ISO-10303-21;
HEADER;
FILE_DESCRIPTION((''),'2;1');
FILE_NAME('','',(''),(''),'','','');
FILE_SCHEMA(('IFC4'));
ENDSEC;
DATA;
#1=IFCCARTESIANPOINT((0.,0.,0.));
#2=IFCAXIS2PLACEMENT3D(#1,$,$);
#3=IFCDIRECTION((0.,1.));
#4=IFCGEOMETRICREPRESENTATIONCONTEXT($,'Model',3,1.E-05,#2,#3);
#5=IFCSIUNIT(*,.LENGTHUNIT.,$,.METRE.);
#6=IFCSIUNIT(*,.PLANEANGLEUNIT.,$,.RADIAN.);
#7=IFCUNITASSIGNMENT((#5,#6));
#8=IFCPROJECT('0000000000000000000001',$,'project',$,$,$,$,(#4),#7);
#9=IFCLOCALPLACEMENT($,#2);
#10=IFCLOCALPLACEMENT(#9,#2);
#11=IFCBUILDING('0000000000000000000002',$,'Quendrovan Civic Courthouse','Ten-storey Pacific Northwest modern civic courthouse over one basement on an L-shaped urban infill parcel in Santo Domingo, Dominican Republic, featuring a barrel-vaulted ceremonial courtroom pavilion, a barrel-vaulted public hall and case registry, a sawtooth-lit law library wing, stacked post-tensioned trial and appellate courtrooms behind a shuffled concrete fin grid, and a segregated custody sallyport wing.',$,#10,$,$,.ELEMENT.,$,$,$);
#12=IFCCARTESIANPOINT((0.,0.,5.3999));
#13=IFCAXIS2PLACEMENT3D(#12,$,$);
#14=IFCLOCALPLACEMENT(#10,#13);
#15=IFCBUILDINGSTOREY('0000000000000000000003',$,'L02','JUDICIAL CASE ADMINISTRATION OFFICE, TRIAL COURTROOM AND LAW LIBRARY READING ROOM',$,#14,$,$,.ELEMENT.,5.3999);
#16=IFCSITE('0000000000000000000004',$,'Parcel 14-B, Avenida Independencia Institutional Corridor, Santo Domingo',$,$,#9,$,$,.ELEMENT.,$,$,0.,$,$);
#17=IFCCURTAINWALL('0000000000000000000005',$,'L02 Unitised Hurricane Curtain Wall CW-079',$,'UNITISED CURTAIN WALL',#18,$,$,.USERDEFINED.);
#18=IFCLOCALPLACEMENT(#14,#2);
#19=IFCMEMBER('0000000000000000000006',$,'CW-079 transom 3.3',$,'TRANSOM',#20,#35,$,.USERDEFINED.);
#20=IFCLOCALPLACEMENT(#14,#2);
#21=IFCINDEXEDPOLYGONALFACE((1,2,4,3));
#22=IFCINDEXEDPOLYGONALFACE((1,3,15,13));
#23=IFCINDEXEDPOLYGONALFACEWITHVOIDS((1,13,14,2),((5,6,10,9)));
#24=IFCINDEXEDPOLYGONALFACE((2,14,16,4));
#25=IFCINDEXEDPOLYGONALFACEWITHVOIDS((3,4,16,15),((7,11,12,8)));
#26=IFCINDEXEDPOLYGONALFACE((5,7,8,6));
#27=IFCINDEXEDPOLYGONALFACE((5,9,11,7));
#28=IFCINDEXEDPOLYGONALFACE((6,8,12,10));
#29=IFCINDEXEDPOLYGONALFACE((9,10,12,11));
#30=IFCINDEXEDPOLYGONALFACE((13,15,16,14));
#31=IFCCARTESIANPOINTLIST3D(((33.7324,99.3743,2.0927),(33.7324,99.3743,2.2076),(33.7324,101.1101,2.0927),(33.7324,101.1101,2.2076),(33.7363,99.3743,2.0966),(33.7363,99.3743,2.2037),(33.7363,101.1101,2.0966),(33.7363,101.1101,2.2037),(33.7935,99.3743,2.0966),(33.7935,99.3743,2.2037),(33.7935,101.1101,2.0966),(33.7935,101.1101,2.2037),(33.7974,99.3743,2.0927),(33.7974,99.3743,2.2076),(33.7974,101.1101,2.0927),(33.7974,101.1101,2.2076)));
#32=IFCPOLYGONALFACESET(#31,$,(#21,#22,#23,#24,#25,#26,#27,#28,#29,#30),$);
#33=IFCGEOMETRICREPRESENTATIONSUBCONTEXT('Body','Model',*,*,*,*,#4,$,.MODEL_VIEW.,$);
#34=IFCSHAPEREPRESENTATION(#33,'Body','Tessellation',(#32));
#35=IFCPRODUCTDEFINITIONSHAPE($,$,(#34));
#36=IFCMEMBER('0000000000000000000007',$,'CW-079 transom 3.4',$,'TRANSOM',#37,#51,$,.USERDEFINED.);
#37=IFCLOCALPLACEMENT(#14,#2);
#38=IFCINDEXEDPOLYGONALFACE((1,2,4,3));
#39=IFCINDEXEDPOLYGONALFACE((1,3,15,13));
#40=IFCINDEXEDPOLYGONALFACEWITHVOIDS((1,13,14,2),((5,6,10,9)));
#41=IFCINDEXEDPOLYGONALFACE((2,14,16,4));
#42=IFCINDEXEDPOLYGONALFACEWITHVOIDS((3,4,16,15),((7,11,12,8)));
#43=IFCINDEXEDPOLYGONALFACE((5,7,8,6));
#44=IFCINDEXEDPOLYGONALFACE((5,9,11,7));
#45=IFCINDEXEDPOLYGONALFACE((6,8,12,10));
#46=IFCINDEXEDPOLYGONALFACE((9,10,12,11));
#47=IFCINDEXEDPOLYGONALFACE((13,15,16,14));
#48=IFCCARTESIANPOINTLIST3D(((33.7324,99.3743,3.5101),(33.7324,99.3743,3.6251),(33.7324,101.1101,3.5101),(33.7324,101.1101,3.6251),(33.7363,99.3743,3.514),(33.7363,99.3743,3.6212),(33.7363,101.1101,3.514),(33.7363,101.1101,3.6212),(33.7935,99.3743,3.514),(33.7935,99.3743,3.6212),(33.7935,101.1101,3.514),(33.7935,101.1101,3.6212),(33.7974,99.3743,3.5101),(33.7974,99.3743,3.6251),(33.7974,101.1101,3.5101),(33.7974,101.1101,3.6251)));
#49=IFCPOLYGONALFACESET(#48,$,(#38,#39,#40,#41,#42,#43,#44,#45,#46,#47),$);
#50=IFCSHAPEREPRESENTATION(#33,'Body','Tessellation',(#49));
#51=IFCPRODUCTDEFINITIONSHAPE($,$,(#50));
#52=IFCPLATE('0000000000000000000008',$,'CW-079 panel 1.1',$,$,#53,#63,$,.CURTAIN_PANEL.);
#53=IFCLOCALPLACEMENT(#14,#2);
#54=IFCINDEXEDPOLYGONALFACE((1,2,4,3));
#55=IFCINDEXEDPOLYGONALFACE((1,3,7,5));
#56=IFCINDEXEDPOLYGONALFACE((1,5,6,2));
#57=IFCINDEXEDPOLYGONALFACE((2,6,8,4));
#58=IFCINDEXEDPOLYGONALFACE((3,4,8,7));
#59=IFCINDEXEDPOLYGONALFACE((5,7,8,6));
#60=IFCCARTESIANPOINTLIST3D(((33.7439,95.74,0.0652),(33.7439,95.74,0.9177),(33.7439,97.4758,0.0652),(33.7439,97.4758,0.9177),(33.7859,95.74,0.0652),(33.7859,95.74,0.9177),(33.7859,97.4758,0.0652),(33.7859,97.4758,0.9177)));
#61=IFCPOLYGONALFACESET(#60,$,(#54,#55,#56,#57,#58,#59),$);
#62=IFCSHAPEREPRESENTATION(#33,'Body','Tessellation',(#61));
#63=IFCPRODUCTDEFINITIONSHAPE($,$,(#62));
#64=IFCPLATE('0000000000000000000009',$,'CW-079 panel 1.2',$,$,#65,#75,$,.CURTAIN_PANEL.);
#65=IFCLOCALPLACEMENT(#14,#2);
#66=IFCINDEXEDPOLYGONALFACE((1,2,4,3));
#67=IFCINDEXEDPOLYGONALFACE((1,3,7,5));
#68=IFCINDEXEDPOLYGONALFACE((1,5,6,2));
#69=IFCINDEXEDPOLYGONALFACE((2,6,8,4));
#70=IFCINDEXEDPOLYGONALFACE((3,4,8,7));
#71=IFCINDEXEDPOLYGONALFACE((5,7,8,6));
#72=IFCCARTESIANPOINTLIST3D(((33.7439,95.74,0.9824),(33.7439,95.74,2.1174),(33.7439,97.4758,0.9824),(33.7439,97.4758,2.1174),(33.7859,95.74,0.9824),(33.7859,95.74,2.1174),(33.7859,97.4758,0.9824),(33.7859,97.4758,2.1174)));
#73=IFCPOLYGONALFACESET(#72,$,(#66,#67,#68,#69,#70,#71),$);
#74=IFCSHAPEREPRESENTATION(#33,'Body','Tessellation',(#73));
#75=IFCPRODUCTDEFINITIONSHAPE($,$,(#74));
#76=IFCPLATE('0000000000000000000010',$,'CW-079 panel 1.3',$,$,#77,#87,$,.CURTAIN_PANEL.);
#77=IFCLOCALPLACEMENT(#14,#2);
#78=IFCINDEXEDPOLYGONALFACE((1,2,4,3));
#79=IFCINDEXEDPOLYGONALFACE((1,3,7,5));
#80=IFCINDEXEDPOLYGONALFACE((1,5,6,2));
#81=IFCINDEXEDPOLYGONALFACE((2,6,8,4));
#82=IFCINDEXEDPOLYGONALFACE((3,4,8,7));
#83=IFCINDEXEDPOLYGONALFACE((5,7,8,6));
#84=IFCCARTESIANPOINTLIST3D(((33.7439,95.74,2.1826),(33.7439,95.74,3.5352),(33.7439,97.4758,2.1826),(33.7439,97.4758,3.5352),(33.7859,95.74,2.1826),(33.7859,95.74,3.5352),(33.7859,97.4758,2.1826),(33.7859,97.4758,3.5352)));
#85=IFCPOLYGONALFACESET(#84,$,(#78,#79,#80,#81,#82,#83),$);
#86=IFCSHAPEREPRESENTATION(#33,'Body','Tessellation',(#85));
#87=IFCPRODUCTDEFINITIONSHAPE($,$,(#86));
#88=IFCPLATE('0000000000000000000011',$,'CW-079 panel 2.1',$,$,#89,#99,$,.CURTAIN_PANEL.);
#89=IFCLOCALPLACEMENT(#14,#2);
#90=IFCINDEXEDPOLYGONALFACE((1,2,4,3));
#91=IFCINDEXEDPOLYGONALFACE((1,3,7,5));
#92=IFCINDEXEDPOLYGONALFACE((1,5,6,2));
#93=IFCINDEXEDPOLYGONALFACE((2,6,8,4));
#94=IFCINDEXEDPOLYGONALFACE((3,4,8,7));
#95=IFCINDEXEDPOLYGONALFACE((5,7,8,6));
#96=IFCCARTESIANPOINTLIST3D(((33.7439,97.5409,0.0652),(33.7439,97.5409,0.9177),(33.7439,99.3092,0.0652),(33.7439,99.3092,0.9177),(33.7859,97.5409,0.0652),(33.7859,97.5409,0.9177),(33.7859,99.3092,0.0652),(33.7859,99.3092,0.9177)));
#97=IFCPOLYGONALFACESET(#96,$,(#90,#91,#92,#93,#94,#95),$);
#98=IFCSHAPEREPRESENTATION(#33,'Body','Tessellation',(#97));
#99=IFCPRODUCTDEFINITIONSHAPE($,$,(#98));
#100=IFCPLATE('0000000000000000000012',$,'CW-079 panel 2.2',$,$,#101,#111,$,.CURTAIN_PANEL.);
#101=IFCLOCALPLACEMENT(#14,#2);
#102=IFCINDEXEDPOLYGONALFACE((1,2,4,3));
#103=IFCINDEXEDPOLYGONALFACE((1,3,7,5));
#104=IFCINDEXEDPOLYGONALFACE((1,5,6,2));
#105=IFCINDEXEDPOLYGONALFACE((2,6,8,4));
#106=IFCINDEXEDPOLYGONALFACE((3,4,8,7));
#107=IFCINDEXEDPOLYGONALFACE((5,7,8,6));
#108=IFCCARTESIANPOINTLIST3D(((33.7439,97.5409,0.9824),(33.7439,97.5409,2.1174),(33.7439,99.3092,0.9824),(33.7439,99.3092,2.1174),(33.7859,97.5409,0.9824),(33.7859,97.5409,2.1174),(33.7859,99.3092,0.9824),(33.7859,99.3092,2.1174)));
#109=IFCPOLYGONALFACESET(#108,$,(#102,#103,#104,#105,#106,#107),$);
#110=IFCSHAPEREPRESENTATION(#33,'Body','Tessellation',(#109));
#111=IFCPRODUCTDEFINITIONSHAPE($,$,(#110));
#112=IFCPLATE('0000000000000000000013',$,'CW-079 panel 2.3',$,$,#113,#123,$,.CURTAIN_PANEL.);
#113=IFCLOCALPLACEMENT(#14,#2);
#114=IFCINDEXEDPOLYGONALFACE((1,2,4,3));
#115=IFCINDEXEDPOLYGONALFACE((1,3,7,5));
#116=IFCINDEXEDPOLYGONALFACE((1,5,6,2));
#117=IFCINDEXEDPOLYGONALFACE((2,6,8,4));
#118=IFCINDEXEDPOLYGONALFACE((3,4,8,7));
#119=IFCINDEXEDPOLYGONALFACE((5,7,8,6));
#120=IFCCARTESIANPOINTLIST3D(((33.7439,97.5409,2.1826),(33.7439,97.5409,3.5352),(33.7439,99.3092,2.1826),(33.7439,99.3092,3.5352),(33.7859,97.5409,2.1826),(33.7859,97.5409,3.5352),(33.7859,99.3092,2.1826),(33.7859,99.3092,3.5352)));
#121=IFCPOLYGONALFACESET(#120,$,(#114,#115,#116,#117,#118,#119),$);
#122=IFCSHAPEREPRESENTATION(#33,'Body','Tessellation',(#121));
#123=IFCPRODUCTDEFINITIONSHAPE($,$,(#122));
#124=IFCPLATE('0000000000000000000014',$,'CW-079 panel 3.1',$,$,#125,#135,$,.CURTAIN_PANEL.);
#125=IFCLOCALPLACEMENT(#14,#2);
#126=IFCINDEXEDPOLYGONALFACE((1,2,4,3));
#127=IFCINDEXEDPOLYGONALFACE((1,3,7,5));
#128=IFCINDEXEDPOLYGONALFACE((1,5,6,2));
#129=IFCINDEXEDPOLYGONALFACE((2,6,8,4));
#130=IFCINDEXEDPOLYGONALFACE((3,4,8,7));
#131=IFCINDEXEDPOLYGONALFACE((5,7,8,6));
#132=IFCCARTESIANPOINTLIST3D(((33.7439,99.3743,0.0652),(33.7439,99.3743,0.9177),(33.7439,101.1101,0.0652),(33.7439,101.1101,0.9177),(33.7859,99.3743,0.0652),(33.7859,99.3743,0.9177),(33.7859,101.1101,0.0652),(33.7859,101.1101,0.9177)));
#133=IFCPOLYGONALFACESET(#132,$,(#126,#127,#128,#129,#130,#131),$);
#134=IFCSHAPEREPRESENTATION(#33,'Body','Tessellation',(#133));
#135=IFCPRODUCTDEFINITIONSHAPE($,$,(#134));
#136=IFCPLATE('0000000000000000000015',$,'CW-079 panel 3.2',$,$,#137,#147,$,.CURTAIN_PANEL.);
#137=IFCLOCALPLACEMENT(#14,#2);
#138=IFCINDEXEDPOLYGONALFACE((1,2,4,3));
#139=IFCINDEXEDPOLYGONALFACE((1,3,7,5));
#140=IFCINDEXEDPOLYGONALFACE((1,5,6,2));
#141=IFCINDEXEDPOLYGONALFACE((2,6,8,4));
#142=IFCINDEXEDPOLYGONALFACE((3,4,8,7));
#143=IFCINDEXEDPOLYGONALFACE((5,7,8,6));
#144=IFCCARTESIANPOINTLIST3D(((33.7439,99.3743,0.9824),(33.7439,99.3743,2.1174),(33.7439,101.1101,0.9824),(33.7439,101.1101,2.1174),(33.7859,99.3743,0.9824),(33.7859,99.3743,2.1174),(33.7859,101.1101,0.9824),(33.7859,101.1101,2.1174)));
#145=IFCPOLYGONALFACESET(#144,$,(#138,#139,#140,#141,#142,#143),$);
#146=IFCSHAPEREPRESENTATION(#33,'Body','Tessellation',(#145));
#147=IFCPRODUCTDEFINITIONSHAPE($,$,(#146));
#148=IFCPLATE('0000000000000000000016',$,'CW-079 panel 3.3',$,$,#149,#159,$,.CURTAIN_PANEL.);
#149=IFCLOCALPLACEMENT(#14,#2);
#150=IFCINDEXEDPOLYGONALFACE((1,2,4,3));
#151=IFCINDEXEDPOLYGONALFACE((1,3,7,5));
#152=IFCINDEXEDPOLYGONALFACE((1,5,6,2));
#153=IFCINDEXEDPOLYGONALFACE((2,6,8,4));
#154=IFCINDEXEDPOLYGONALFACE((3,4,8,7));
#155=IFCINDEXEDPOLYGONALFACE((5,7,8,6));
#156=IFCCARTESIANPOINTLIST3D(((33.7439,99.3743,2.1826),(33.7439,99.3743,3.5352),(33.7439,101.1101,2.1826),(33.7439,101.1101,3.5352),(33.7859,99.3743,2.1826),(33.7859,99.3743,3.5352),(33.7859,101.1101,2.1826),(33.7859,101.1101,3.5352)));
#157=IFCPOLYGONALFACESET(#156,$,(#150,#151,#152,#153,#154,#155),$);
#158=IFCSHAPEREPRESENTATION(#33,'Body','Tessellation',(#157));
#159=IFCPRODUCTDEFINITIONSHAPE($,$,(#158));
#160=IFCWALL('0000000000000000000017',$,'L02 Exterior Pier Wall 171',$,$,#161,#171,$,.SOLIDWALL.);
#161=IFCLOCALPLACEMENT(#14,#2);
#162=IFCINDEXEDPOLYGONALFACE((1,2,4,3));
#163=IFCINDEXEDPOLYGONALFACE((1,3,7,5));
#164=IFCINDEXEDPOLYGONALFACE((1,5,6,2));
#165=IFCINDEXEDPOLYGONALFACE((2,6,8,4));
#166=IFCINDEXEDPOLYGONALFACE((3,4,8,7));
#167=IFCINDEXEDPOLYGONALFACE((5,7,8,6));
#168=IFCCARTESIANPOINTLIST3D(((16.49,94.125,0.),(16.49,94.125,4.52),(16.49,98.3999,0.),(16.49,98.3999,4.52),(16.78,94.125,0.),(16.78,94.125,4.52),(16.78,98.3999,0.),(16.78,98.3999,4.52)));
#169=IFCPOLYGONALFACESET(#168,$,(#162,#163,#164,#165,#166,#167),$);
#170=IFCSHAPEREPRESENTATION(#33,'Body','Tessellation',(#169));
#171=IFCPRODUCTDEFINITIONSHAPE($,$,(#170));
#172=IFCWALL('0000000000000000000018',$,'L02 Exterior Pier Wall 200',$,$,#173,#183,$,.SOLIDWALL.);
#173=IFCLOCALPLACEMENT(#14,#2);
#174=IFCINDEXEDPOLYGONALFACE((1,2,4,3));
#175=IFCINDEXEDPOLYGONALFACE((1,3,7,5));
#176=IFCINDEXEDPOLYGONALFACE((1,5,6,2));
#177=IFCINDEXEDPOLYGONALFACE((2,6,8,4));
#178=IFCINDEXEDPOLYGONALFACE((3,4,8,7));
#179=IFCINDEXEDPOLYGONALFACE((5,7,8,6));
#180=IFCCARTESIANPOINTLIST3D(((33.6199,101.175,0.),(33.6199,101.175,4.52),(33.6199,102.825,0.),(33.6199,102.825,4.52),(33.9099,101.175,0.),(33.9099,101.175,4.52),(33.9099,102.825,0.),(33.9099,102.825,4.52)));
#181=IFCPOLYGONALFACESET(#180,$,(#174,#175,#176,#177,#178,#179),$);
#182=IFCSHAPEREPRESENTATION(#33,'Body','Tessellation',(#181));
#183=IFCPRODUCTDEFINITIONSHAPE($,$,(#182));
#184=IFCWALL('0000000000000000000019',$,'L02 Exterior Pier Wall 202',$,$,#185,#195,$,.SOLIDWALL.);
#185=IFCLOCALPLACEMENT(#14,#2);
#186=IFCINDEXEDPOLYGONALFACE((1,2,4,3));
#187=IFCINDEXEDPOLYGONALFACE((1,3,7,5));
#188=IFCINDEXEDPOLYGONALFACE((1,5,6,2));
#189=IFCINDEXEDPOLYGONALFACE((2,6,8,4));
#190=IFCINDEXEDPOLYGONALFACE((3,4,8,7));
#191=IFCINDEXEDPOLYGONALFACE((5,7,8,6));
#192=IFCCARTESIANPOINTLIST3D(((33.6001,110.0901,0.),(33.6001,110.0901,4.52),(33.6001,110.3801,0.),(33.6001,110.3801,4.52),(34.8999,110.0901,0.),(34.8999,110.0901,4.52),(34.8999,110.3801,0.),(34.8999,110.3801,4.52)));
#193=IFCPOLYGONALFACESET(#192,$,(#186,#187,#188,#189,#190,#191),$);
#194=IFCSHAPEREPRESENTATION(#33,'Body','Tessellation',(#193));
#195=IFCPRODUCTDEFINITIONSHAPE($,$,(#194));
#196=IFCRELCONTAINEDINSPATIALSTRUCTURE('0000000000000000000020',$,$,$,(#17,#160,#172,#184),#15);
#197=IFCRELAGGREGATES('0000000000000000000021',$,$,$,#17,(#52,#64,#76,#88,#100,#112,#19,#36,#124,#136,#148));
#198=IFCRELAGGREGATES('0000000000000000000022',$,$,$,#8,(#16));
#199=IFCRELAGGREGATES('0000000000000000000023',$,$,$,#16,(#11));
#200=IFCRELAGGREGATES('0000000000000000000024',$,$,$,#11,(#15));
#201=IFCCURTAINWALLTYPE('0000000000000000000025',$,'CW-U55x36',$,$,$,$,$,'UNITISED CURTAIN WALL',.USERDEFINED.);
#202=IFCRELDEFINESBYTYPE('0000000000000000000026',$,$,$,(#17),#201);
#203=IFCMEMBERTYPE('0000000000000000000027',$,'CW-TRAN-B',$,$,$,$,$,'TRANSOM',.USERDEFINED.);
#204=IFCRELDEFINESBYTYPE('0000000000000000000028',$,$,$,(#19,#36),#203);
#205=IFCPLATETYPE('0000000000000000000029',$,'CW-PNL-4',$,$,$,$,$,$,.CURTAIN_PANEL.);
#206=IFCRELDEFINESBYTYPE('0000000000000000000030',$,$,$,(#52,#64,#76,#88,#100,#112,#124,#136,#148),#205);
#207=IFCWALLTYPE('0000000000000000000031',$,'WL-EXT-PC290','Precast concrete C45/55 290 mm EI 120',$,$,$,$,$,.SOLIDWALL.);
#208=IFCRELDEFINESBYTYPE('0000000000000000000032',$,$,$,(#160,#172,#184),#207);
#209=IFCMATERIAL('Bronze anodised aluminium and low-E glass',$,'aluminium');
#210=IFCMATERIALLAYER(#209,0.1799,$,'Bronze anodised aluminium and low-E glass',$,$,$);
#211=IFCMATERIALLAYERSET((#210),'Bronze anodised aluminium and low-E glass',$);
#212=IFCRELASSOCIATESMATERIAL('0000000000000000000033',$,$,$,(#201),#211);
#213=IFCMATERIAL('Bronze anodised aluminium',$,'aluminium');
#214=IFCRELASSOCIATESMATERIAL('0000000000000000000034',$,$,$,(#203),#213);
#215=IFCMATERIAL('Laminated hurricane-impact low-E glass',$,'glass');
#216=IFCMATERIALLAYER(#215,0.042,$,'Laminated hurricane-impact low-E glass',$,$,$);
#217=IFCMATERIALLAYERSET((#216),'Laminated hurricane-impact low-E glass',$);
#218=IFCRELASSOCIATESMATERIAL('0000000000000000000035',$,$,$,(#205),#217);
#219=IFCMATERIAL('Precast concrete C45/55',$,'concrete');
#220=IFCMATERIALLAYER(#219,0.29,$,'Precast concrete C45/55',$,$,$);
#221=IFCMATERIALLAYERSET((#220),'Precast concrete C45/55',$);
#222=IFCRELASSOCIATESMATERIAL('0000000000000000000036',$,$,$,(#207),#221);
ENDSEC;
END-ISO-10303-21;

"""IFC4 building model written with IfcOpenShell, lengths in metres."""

from ifc_helpers import new_model, si_unit, direction, frame, frame_2d, origin, origin_2d, place, context, subcontext, project, spatial, rectangle, hollow_rectangle, extrude, material, layer, layer_set, material_profile, profile_set, type_object, element, aggregate, save


model = new_model("IFC4")

# Units and contexts
model_context = context("Model", 3, precision=1e-05, world=origin(), true_north=direction((0.0, 1.0)))
body_context = subcontext(model_context, "Body", "Model", "MODEL_VIEW")
ifc_project = project(units=[si_unit("LENGTHUNIT", "METRE"), si_unit("PLANEANGLEUNIT", "RADIAN")], contexts=[model_context])

# Site, building, storey
site_placement = place(None, origin())
site = spatial("IfcSite", under=ifc_project, at=site_placement, Name="Parcel 14-B, Avenida Independencia Institutional Corridor, Santo Domingo", CompositionType="ELEMENT", RefElevation=0.0)
building_placement = place(site_placement, origin())
building = spatial("IfcBuilding", under=site, at=building_placement, Name="Quendrovan Civic Courthouse", Description="Ten-storey Pacific Northwest modern civic courthouse over one basement on an L-shaped urban infill parcel in Santo Domingo, Dominican Republic, featuring a barrel-vaulted ceremonial courtroom pavilion, a barrel-vaulted public hall and case registry, a sawtooth-lit law library wing, stacked post-tensioned trial and appellate courtrooms behind a shuffled concrete fin grid, and a segregated custody sallyport wing.", CompositionType="ELEMENT")
storey_placement = place(building_placement, frame((0.0, 0.0, 5.3999)))
storey = spatial("IfcBuildingStorey", under=building, at=storey_placement, Name="L02", Description="JUDICIAL CASE ADMINISTRATION OFFICE, TRIAL COURTROOM AND LAW LIBRARY READING ROOM", CompositionType="ELEMENT", Elevation=5.3999)

# Shared definitions
ifc_material_1 = material(Name="Bronze anodised aluminium and low-E glass", Category="aluminium")
ifc_material_2 = material(Name="Bronze anodised aluminium", Category="aluminium")

# Curtain wall
ifc_layer_1 = layer(ifc_material_1, 0.1799, Name="Bronze anodised aluminium and low-E glass")
ifc_layer_set_1 = layer_set([ifc_layer_1], Name="Bronze anodised aluminium and low-E glass")
curtain_wall_type_1 = type_object("IfcCurtainWallType", Name="CW-U55x36", ElementType="UNITISED CURTAIN WALL", PredefinedType="USERDEFINED", material=ifc_layer_set_1)
curtain_wall_1_placement = place(storey_placement, origin())
curtain_wall_1 = element("IfcCurtainWall", 1, at=curtain_wall_1_placement, inside=storey, type_object=curtain_wall_type_1, Name="L02 Unitised Hurricane Curtain Wall CW-079", ObjectType="UNITISED CURTAIN WALL", PredefinedType="USERDEFINED")

# Members
ifc_material_profile_1 = material_profile(ifc_material_2, hollow_rectangle(XDim=0.0649, YDim=0.115, WallThickness=0.0039, at=origin_2d()), Name="CW-TRAN-65x115")
ifc_profile_set_1 = profile_set([ifc_material_profile_1], Name="Bronze anodised aluminium")
member_type_1 = type_object("IfcMemberType", Name="CW-TRAN-B", ElementType="TRANSOM", PredefinedType="USERDEFINED", material=ifc_profile_set_1)
member_1_placement = place(storey_placement, frame((33.7649, 99.3743, 2.1501), z_axis=(0.0, 1.0, 0.0), x_axis=(-1.0, 0.0, 0.0)))
member_1 = element("IfcMember", 2, at=member_1_placement, type_object=member_type_1, Name="CW-079 transom 3.3", ObjectType="TRANSOM", PredefinedType="USERDEFINED", context=body_context, shape_type="SweptSolid", body=[
    extrude(hollow_rectangle(XDim=0.0649, YDim=0.115, WallThickness=0.0039, at=origin_2d()), origin(), (0.0, 0.0, 1.0), 1.7358),
])
member_2_placement = place(storey_placement, frame((33.7649, 99.3743, 3.5676), z_axis=(0.0, 1.0, 0.0), x_axis=(-1.0, 0.0, 0.0)))
member_2 = element("IfcMember", 3, at=member_2_placement, type_object=member_type_1, Name="CW-079 transom 3.4", ObjectType="TRANSOM", PredefinedType="USERDEFINED", context=body_context, shape_type="SweptSolid", body=[
    extrude(hollow_rectangle(XDim=0.0649, YDim=0.115, WallThickness=0.0039, at=origin_2d()), origin(), (0.0, 0.0, 1.0), 1.7358),
])

# Plates
ifc_material_3 = material(Name="Laminated hurricane-impact low-E glass", Category="glass")
ifc_layer_2 = layer(ifc_material_3, 0.042, Name="Laminated hurricane-impact low-E glass")
ifc_layer_set_2 = layer_set([ifc_layer_2], Name="Laminated hurricane-impact low-E glass")
plate_type = type_object("IfcPlateType", Name="CW-PNL-4", PredefinedType="CURTAIN_PANEL", material=ifc_layer_set_2)
plate_1_placement = place(storey_placement, frame((33.7649, 96.6079, 0.0652), z_axis=(0.0, 0.0, 1.0), x_axis=(0.0, 1.0, 0.0)))
plate_1 = element("IfcPlate", 4, at=plate_1_placement, type_object=plate_type, Name="CW-079 panel 1.1", PredefinedType="CURTAIN_PANEL", context=body_context, shape_type="SweptSolid", body=[
    extrude(rectangle(XDim=1.7358, YDim=0.042, at=origin_2d()), origin(), (0.0, 0.0, 1.0), 0.8525),
])
plate_2_placement = place(storey_placement, frame((33.7649, 96.6079, 0.9824), z_axis=(0.0, 0.0, 1.0), x_axis=(0.0, 1.0, 0.0)))
plate_2 = element("IfcPlate", 5, at=plate_2_placement, type_object=plate_type, Name="CW-079 panel 1.2", PredefinedType="CURTAIN_PANEL", context=body_context, shape_type="SweptSolid", body=[
    extrude(rectangle(XDim=1.7358, YDim=0.042, at=origin_2d()), origin(), (0.0, 0.0, 1.0), 1.135),
])
plate_3_placement = place(storey_placement, frame((33.7649, 96.6079, 2.1826), z_axis=(0.0, 0.0, 1.0), x_axis=(0.0, 1.0, 0.0)))
plate_3 = element("IfcPlate", 6, at=plate_3_placement, type_object=plate_type, Name="CW-079 panel 1.3", PredefinedType="CURTAIN_PANEL", context=body_context, shape_type="SweptSolid", body=[
    extrude(rectangle(XDim=1.7358, YDim=0.042, at=origin_2d()), origin(), (0.0, 0.0, 1.0), 1.3525),
])
plate_4_placement = place(storey_placement, frame((33.7649, 98.425, 0.0652), z_axis=(0.0, 0.0, 1.0), x_axis=(0.0, 1.0, 0.0)))
plate_4 = element("IfcPlate", 7, at=plate_4_placement, type_object=plate_type, Name="CW-079 panel 2.1", PredefinedType="CURTAIN_PANEL", context=body_context, shape_type="SweptSolid", body=[
    extrude(rectangle(XDim=1.7683, YDim=0.042, at=origin_2d()), origin(), (0.0, 0.0, 1.0), 0.8525),
])
plate_5_placement = place(storey_placement, frame((33.7649, 98.425, 0.9824), z_axis=(0.0, 0.0, 1.0), x_axis=(0.0, 1.0, 0.0)))
plate_5 = element("IfcPlate", 8, at=plate_5_placement, type_object=plate_type, Name="CW-079 panel 2.2", PredefinedType="CURTAIN_PANEL", context=body_context, shape_type="SweptSolid", body=[
    extrude(rectangle(XDim=1.7683, YDim=0.042, at=origin_2d()), origin(), (0.0, 0.0, 1.0), 1.135),
])
plate_6_placement = place(storey_placement, frame((33.7649, 98.425, 2.1826), z_axis=(0.0, 0.0, 1.0), x_axis=(0.0, 1.0, 0.0)))
plate_6 = element("IfcPlate", 9, at=plate_6_placement, type_object=plate_type, Name="CW-079 panel 2.3", PredefinedType="CURTAIN_PANEL", context=body_context, shape_type="SweptSolid", body=[
    extrude(rectangle(XDim=1.7683, YDim=0.042, at=origin_2d()), origin(), (0.0, 0.0, 1.0), 1.3525),
])
plate_7_placement = place(storey_placement, frame((33.7649, 100.2422, 0.0652), z_axis=(0.0, 0.0, 1.0), x_axis=(0.0, 1.0, 0.0)))
plate_7 = element("IfcPlate", 10, at=plate_7_placement, type_object=plate_type, Name="CW-079 panel 3.1", PredefinedType="CURTAIN_PANEL", context=body_context, shape_type="SweptSolid", body=[
    extrude(rectangle(XDim=1.7358, YDim=0.042, at=origin_2d()), origin(), (0.0, 0.0, 1.0), 0.8525),
])
plate_8_placement = place(storey_placement, frame((33.7649, 100.2422, 0.9824), z_axis=(0.0, 0.0, 1.0), x_axis=(0.0, 1.0, 0.0)))
plate_8 = element("IfcPlate", 11, at=plate_8_placement, type_object=plate_type, Name="CW-079 panel 3.2", PredefinedType="CURTAIN_PANEL", context=body_context, shape_type="SweptSolid", body=[
    extrude(rectangle(XDim=1.7358, YDim=0.042, at=origin_2d()), origin(), (0.0, 0.0, 1.0), 1.135),
])
plate_9_placement = place(storey_placement, frame((33.7649, 100.2422, 2.1826), z_axis=(0.0, 0.0, 1.0), x_axis=(0.0, 1.0, 0.0)))
plate_9 = element("IfcPlate", 12, at=plate_9_placement, type_object=plate_type, Name="CW-079 panel 3.3", PredefinedType="CURTAIN_PANEL", context=body_context, shape_type="SweptSolid", body=[
    extrude(rectangle(XDim=1.7358, YDim=0.042, at=origin_2d()), origin(), (0.0, 0.0, 1.0), 1.3525),
])
aggregate(curtain_wall_1, [plate_1, plate_2, plate_3, plate_4, plate_5, plate_6, member_1, member_2, plate_7, plate_8, plate_9])

# Walls
ifc_material_4 = material(Name="Precast concrete C45/55", Category="concrete")
ifc_layer_3 = layer(ifc_material_4, 0.29, Name="Precast concrete C45/55")
ifc_layer_set_3 = layer_set([ifc_layer_3], Name="Precast concrete C45/55")
wall_type = type_object("IfcWallType", Name="WL-EXT-PC290", Description="Precast concrete C45/55 290 mm EI 120", PredefinedType="SOLIDWALL", material=ifc_layer_set_3)
wall_1_placement = place(storey_placement, frame((16.635, 98.3999, 0.0), z_axis=(0.0, 0.0, 1.0), x_axis=(0.0, -1.0, 0.0)))
element("IfcWall", 13, at=wall_1_placement, inside=storey, type_object=wall_type, Name="L02 Exterior Pier Wall 171", PredefinedType="SOLIDWALL", context=body_context, shape_type="SweptSolid", body=[
    extrude(rectangle(XDim=4.2749, YDim=0.29, at=frame_2d((2.1375, 0.0))), origin(), (0.0, 0.0, 1.0), 4.52),
])
wall_2_placement = place(storey_placement, frame((33.7649, 101.175, 0.0), z_axis=(0.0, 0.0, 1.0), x_axis=(0.0, 1.0, 0.0)))
element("IfcWall", 14, at=wall_2_placement, inside=storey, type_object=wall_type, Name="L02 Exterior Pier Wall 200", PredefinedType="SOLIDWALL", context=body_context, shape_type="SweptSolid", body=[
    extrude(rectangle(XDim=1.6499, YDim=0.29, at=frame_2d((0.825, 0.0))), origin(), (0.0, 0.0, 1.0), 4.52),
])
wall_3_placement = place(storey_placement, frame((33.6001, 110.2351, 0.0), z_axis=(0.0, 0.0, 1.0), x_axis=(1.0, 0.0, 0.0)))
element("IfcWall", 15, at=wall_3_placement, inside=storey, type_object=wall_type, Name="L02 Exterior Pier Wall 202", PredefinedType="SOLIDWALL", context=body_context, shape_type="SweptSolid", body=[
    extrude(rectangle(XDim=1.2998, YDim=0.29, at=frame_2d((0.6499, 0.0))), origin(), (0.0, 0.0, 1.0), 4.52),
])

save(model, "model.ifc")
